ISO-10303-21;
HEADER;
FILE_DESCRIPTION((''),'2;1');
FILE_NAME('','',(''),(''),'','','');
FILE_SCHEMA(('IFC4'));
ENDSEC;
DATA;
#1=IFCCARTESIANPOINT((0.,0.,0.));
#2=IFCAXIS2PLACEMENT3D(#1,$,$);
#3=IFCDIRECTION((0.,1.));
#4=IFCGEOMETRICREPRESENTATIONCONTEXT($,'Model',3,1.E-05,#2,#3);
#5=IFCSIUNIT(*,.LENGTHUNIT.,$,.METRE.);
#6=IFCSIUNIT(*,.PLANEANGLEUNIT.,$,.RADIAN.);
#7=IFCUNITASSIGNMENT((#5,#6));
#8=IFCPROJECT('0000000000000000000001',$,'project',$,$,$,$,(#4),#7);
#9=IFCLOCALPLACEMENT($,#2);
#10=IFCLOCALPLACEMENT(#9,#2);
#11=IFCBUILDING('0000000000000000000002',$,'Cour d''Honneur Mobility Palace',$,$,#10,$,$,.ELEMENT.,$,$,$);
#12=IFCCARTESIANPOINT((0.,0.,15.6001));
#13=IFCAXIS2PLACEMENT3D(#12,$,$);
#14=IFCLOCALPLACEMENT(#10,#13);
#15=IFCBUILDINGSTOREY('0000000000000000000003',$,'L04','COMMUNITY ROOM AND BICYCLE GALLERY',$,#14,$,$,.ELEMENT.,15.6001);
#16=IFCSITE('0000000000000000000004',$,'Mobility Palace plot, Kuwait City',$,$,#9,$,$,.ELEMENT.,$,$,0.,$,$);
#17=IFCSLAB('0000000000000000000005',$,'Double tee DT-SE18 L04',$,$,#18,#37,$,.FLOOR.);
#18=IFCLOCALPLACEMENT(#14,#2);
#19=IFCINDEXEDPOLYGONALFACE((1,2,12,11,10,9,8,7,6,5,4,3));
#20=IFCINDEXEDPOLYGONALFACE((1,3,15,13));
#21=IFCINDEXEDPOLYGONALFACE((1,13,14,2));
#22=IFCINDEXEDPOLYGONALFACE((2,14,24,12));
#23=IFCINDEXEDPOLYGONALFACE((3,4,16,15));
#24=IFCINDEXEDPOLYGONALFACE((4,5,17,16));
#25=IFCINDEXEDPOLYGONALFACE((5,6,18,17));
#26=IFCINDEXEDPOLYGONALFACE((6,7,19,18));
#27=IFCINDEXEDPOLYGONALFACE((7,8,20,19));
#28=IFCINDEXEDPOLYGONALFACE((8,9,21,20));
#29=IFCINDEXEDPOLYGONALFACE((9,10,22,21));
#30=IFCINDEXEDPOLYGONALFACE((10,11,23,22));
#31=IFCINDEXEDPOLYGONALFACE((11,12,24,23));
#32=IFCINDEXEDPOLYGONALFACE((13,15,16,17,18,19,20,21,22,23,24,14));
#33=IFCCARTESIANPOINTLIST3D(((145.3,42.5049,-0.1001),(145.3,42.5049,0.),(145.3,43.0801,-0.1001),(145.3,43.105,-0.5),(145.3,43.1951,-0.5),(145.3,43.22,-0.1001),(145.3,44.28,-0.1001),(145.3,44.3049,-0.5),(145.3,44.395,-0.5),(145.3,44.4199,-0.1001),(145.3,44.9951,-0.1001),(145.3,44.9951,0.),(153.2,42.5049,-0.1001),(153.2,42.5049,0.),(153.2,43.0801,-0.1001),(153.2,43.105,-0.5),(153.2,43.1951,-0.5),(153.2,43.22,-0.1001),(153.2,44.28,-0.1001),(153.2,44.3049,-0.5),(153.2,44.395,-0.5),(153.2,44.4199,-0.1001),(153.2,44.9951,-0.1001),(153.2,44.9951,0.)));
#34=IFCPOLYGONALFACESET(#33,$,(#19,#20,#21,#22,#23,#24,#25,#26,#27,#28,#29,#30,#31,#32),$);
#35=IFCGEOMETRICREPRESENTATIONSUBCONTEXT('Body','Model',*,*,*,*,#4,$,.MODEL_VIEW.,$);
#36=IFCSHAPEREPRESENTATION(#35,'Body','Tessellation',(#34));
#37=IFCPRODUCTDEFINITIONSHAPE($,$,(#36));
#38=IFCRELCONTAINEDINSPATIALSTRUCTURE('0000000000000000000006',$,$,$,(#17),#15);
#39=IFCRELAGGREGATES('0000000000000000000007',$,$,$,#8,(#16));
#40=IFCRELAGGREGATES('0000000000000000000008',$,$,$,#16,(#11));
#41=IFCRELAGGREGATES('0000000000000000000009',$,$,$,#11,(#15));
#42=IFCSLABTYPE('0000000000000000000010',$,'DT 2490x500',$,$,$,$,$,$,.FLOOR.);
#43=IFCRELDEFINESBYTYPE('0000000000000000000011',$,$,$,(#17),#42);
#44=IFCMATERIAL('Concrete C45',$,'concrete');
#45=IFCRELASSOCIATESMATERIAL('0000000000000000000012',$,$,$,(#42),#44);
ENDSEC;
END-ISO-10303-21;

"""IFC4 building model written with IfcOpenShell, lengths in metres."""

from ifc_helpers import new_model, si_unit, direction, frame, origin, place, context, subcontext, project, spatial, polyline, outline, extrude, material, material_profile, profile_set, type_object, element, save


model = new_model("IFC4")

# Units and contexts
model_context = context("Model", 3, precision=1e-05, world=origin(), true_north=direction((0.0, 1.0)))
body_context = subcontext(model_context, "Body", "Model", "MODEL_VIEW")
ifc_project = project(units=[si_unit("LENGTHUNIT", "METRE"), si_unit("PLANEANGLEUNIT", "RADIAN")], contexts=[model_context])

# Site, building, storey
site_placement = place(None, origin())
site = spatial("IfcSite", under=ifc_project, at=site_placement, Name="Mobility Palace plot, Kuwait City", CompositionType="ELEMENT", RefElevation=0.0)
building_placement = place(site_placement, origin())
building = spatial("IfcBuilding", under=site, at=building_placement, Name="Cour d'Honneur Mobility Palace", CompositionType="ELEMENT")
storey_placement = place(building_placement, frame((0.0, 0.0, 15.6001)))
storey = spatial("IfcBuildingStorey", under=building, at=storey_placement, Name="L04", Description="COMMUNITY ROOM AND BICYCLE GALLERY", CompositionType="ELEMENT", Elevation=15.6001)

# Slab
ifc_material_1 = material(Name="Concrete C45", Category="concrete")
ifc_material_profile_1 = material_profile(ifc_material_1, outline(polyline([(-1.2451, 0.0), (1.2451, 0.0), (1.2451, -0.1001), (0.6699, -0.1001), (0.645, -0.5), (0.5549, -0.5), (0.53, -0.1001), (-0.53, -0.1001), (-0.5549, -0.5), (-0.645, -0.5), (-0.6699, -0.1001), (-1.2451, -0.1001), (-1.2451, 0.0)])), Name="DT 2490x500")
ifc_profile_set_1 = profile_set([ifc_material_profile_1], Name="Concrete C45")
slab_type = type_object("IfcSlabType", Name="DT 2490x500", PredefinedType="FLOOR", material=ifc_profile_set_1)
slab_1_placement = place(storey_placement, frame((145.3, 43.75, 0.0), z_axis=(1.0, 0.0, 0.0), x_axis=(0.0, 1.0, 0.0)))
element("IfcSlab", 1, at=slab_1_placement, inside=storey, type_object=slab_type, Name="Double tee DT-SE18 L04", PredefinedType="FLOOR", context=body_context, shape_type="SweptSolid", body=[
    extrude(outline(polyline([(-1.2451, 0.0), (1.2451, 0.0), (1.2451, -0.1001), (0.6699, -0.1001), (0.645, -0.5), (0.5549, -0.5), (0.53, -0.1001), (-0.53, -0.1001), (-0.5549, -0.5), (-0.645, -0.5), (-0.6699, -0.1001), (-1.2451, -0.1001), (-1.2451, 0.0)])), origin(), (0.0, 0.0, 1.0), 7.8999),
])

save(model, "model.ifc")
